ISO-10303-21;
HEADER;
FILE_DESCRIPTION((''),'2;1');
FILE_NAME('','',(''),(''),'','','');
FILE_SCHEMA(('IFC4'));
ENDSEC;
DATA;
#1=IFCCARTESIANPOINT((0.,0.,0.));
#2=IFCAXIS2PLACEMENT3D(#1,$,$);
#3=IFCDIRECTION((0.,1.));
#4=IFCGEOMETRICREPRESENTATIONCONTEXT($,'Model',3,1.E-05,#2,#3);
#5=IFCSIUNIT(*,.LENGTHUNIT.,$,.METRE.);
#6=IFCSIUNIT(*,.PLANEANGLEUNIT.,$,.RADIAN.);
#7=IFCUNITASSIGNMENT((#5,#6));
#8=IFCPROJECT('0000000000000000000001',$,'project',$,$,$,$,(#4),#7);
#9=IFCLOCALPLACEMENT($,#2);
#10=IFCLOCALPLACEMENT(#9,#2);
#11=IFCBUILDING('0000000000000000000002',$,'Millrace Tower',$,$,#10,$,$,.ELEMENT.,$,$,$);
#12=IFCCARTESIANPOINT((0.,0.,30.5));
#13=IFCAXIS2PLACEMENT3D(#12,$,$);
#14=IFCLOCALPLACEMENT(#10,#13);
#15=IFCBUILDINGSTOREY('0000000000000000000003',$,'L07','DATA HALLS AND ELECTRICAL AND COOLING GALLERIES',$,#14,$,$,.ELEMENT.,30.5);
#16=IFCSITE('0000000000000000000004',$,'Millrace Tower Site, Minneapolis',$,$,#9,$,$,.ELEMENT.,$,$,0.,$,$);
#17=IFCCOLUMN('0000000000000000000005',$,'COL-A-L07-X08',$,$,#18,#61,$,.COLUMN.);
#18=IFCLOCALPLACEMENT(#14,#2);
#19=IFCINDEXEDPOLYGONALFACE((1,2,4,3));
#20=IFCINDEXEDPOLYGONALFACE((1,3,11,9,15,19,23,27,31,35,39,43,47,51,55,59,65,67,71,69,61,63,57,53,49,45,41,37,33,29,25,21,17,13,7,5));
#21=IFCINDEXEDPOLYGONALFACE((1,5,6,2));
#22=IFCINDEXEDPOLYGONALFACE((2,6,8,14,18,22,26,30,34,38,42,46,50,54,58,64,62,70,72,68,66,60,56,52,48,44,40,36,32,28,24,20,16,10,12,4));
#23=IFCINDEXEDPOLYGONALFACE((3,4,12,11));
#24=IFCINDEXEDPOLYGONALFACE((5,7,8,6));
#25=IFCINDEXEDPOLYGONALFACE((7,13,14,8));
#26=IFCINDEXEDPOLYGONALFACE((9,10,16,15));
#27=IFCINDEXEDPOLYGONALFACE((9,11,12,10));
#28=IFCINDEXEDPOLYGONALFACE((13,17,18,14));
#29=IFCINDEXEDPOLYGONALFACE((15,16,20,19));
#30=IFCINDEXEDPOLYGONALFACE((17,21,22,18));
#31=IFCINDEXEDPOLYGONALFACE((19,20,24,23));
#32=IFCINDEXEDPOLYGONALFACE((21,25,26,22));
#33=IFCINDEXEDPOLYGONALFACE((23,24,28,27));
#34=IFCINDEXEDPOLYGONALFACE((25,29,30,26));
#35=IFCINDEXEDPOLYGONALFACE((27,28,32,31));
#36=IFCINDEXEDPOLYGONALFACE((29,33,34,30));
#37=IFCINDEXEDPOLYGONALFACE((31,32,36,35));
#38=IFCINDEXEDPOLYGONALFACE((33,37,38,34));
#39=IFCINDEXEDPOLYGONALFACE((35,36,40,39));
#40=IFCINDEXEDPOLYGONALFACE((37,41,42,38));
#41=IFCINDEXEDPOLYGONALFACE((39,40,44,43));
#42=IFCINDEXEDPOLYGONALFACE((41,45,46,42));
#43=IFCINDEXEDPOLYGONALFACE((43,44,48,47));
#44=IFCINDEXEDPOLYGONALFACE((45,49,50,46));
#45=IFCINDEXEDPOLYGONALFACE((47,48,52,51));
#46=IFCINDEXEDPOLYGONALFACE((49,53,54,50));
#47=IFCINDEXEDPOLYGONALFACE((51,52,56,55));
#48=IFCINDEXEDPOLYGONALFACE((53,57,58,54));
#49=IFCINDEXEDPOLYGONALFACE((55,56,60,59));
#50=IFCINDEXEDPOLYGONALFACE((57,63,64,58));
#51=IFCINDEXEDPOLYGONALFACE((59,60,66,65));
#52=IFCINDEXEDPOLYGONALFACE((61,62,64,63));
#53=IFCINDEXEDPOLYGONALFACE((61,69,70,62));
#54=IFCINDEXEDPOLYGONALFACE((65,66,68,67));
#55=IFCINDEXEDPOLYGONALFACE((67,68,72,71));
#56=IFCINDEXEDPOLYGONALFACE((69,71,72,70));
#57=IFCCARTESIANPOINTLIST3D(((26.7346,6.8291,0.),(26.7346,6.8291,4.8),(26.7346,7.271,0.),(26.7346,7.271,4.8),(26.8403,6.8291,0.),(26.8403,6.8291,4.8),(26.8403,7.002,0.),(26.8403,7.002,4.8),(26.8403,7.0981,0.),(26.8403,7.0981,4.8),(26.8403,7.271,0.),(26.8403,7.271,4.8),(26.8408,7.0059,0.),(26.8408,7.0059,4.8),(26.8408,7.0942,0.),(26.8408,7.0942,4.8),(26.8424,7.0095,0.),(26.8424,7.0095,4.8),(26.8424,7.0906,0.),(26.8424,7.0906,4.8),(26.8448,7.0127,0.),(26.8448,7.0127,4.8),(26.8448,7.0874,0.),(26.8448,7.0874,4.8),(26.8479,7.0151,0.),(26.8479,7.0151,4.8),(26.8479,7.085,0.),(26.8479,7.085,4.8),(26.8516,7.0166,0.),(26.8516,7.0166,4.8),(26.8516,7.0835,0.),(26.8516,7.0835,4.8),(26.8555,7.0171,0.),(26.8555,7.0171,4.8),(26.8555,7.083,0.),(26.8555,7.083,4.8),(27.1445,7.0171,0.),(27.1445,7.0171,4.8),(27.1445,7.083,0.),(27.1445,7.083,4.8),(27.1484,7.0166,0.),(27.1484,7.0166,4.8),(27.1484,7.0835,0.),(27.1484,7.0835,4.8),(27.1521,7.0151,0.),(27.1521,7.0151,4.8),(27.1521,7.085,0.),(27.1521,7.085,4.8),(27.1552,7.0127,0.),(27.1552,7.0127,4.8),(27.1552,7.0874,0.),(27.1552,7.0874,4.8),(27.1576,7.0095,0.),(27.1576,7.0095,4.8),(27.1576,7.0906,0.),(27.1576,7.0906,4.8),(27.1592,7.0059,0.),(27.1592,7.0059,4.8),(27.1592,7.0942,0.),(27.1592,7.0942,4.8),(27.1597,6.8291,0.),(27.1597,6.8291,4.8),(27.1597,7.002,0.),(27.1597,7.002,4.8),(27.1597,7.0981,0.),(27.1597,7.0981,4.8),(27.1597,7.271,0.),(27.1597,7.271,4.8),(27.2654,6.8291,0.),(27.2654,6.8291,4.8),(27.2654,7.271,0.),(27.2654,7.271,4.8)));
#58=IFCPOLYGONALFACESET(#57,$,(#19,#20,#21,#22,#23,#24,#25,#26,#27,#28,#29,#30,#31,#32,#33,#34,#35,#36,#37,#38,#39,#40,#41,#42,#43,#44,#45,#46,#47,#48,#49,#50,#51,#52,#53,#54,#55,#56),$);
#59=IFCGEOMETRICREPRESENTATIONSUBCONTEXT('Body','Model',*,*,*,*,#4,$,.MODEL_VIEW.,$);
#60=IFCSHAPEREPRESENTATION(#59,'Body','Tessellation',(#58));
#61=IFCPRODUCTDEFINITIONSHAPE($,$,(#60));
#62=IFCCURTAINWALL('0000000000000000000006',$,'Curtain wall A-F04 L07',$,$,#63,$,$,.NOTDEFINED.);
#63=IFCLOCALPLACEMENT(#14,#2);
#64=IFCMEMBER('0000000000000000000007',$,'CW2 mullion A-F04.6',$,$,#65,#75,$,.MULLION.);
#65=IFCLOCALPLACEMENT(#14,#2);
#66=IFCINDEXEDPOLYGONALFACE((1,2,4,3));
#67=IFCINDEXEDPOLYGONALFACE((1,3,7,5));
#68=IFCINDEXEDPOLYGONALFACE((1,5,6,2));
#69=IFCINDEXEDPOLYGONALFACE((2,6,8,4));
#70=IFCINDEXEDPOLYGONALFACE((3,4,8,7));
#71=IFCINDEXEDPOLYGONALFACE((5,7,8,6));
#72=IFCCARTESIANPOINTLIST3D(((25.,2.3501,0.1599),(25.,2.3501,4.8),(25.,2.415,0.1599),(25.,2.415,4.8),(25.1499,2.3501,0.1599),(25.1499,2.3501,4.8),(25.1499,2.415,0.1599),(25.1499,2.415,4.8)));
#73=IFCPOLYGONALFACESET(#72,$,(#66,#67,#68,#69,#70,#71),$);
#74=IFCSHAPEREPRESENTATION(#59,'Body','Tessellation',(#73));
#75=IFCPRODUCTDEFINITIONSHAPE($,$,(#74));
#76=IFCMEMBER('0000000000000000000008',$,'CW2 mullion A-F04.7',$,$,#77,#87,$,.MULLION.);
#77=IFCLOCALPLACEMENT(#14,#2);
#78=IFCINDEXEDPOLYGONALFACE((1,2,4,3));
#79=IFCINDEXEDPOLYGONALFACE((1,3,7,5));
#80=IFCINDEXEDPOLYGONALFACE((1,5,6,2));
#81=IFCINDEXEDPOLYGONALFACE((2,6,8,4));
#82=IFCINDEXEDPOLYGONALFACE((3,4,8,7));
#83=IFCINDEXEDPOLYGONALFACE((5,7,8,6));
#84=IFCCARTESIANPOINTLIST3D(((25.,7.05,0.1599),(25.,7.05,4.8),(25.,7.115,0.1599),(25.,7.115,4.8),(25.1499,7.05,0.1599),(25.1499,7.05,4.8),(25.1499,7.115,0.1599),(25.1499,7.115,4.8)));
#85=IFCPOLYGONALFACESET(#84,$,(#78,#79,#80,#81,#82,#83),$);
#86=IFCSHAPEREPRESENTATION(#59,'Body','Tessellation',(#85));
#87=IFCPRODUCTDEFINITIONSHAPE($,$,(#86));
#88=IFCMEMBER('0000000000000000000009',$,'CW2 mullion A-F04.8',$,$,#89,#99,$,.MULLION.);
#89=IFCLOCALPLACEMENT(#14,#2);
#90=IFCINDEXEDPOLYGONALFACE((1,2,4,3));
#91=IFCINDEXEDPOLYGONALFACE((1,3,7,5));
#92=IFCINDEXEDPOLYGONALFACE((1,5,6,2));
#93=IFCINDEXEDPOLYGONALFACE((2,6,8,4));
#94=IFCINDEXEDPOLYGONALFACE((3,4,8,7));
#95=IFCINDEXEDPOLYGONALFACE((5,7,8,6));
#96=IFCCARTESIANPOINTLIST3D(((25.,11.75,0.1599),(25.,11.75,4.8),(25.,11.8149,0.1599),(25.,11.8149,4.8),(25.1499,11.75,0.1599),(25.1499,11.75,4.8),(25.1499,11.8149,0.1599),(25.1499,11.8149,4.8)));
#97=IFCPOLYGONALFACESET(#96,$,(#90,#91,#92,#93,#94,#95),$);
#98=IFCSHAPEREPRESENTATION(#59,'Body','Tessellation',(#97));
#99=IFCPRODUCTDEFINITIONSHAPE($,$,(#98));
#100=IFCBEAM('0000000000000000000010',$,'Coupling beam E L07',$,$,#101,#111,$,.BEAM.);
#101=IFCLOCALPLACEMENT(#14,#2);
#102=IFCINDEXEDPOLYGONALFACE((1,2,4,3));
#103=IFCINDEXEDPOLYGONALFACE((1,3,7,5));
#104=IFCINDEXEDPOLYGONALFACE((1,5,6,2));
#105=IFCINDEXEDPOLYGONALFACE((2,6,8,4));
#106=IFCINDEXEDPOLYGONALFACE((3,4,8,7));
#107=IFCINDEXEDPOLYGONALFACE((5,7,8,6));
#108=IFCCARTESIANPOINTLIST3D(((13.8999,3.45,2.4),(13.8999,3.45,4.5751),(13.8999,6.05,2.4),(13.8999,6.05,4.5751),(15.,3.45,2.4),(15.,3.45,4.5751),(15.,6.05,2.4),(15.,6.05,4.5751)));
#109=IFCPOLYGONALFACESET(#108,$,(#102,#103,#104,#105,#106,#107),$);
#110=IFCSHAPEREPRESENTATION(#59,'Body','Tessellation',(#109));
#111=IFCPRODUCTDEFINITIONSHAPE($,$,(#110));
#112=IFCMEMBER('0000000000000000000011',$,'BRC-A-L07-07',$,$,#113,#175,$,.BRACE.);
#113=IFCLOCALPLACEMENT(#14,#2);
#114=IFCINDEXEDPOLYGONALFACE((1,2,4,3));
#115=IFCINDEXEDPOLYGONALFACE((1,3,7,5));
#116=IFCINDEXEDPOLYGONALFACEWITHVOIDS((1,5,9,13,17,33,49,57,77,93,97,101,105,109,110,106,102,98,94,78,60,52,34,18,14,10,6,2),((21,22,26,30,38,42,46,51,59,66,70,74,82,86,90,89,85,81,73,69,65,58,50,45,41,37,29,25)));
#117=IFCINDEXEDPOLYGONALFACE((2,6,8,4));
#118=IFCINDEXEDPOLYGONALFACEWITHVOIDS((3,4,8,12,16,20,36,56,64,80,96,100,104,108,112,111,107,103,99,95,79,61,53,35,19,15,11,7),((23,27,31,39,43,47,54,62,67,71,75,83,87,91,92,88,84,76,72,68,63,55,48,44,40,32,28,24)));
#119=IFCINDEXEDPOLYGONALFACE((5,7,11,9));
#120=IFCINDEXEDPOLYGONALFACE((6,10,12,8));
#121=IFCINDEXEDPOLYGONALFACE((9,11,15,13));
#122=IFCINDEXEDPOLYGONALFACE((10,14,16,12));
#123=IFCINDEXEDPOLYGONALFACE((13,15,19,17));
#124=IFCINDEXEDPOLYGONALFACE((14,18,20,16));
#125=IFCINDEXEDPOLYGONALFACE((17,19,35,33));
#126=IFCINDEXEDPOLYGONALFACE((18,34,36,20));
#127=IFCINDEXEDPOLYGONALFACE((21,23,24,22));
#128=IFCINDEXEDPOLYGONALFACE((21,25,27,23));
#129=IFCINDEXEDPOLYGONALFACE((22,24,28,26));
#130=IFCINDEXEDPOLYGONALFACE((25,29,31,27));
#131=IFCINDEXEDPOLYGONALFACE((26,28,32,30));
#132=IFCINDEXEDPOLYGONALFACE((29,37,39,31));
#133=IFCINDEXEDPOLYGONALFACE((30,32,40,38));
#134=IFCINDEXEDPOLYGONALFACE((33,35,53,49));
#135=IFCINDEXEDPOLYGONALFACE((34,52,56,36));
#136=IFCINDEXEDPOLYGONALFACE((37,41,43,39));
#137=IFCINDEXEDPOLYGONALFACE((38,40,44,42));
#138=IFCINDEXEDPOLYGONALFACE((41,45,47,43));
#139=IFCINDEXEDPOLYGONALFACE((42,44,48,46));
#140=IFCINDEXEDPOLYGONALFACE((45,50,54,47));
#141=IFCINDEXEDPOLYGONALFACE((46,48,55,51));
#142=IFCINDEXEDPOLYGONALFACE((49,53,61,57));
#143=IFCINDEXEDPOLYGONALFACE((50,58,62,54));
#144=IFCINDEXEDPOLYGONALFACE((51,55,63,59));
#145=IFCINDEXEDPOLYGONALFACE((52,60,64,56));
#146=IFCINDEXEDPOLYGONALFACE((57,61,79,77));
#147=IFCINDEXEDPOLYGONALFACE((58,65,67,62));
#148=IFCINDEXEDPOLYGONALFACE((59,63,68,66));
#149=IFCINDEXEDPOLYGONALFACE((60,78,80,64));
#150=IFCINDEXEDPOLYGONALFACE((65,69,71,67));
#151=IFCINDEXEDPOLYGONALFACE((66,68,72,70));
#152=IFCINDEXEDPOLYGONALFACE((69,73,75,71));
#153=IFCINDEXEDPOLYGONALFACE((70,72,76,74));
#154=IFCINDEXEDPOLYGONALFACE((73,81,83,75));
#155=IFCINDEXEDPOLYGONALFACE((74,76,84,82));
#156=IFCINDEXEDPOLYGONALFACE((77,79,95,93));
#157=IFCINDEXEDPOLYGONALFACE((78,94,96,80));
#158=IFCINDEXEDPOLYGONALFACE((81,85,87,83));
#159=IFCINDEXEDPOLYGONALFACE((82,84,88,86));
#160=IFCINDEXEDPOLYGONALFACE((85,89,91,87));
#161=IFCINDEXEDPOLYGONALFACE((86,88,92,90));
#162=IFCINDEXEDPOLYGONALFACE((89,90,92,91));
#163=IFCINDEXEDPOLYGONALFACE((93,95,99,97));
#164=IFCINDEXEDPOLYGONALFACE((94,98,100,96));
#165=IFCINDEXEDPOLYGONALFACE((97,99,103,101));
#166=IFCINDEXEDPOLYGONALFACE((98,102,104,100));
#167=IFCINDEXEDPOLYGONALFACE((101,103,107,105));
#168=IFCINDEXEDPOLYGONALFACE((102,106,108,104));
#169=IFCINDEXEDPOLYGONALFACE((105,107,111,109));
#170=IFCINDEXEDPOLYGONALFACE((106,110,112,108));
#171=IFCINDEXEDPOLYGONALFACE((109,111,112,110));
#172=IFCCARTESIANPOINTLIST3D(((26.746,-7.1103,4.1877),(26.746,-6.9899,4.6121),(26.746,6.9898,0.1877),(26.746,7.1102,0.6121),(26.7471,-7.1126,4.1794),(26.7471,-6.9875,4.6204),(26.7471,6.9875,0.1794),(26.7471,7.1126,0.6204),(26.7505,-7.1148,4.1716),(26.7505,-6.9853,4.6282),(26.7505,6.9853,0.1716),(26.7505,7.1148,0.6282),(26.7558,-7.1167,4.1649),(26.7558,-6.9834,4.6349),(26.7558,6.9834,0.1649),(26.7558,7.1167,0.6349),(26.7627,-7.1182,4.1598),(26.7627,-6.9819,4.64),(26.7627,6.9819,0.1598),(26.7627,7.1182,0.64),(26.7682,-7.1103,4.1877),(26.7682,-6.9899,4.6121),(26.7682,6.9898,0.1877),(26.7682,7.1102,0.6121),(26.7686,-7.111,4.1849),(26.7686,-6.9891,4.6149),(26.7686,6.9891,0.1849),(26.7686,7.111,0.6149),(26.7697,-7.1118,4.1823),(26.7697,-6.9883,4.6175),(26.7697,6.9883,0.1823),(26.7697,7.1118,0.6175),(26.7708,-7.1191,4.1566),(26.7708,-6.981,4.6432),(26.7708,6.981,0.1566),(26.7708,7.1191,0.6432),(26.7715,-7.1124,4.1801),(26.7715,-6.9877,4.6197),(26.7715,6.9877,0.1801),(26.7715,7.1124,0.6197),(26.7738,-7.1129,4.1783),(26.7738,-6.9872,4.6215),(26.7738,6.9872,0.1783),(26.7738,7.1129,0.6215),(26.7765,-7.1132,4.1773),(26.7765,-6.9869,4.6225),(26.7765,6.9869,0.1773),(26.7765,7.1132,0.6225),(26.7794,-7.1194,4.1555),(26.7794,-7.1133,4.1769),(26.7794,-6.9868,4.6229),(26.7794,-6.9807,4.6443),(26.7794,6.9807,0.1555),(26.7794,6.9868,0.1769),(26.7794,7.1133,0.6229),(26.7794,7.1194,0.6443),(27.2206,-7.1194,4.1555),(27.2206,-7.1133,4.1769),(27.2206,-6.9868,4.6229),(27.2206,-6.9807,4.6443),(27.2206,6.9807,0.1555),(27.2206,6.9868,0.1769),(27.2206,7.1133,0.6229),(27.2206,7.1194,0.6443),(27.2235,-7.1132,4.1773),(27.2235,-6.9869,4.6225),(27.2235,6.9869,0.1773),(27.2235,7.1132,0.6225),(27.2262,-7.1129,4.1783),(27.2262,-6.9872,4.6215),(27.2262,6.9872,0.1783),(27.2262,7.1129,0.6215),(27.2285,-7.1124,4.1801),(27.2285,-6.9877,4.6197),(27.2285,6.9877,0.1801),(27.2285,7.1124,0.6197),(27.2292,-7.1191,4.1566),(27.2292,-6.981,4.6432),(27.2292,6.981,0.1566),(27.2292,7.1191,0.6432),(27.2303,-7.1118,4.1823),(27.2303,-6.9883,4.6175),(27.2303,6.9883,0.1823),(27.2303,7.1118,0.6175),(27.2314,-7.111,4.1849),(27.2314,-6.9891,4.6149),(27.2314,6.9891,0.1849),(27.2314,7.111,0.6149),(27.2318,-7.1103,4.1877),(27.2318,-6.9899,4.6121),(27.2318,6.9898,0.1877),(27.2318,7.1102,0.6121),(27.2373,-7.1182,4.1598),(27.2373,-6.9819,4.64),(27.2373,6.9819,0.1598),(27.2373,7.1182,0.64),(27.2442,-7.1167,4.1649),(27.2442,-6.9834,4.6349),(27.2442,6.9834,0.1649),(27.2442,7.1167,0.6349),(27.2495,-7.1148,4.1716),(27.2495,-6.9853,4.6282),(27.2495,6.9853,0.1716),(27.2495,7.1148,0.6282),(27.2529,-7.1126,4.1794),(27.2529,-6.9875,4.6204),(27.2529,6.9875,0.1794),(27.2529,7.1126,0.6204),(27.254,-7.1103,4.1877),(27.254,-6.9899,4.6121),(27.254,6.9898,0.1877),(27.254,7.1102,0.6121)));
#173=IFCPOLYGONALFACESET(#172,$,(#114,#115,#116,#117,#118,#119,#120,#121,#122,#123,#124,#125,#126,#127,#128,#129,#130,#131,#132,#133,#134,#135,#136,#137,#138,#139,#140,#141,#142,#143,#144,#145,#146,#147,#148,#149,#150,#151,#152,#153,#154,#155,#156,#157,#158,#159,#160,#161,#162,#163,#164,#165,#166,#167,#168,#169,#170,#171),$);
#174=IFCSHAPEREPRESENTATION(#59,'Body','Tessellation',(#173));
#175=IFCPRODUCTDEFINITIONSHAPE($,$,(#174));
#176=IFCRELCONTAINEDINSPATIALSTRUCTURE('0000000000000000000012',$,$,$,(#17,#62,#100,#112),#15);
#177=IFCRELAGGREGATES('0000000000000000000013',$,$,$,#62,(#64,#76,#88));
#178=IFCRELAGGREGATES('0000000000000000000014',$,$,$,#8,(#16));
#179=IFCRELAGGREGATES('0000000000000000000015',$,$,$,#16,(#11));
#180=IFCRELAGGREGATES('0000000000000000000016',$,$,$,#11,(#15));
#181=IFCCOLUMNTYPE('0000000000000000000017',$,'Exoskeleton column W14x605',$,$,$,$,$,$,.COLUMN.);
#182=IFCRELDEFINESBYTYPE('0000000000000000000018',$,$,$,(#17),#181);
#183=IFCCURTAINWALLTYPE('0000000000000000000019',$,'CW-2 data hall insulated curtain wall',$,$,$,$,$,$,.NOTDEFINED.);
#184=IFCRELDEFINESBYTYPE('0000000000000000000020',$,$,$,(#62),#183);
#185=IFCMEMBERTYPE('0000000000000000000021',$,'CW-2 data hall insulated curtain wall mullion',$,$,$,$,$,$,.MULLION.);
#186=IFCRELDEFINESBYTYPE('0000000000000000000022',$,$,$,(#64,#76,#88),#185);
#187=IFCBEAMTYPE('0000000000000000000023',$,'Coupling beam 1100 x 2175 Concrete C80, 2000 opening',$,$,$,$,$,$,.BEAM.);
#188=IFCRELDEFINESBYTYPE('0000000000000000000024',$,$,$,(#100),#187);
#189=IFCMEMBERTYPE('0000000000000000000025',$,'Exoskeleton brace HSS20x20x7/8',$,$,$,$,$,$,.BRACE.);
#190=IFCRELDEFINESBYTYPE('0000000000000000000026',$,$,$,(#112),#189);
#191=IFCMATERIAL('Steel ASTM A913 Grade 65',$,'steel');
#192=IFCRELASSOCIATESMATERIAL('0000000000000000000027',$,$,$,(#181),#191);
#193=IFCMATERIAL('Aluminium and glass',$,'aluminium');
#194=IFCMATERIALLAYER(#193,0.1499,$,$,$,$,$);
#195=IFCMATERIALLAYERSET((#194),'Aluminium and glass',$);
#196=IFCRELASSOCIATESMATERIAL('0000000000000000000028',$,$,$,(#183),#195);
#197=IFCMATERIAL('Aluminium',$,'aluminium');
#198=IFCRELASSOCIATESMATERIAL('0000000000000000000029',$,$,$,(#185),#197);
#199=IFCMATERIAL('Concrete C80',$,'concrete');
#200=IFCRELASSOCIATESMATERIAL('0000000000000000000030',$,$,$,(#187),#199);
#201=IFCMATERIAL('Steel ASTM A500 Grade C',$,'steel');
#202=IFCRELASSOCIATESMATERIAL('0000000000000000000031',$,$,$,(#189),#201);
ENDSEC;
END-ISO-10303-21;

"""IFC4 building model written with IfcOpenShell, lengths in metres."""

from ifc_helpers import new_model, si_unit, direction, frame, origin, origin_2d, place, context, subcontext, project, spatial, rectangle, hollow_rectangle, i_section, extrude, material, layer, layer_set, material_profile, profile_set, type_object, element, aggregate, save


model = new_model("IFC4")

# Units and contexts
model_context = context("Model", 3, precision=1e-05, world=origin(), true_north=direction((0.0, 1.0)))
body_context = subcontext(model_context, "Body", "Model", "MODEL_VIEW")
ifc_project = project(units=[si_unit("LENGTHUNIT", "METRE"), si_unit("PLANEANGLEUNIT", "RADIAN")], contexts=[model_context])

# Site, building, storey
site_placement = place(None, origin())
site = spatial("IfcSite", under=ifc_project, at=site_placement, Name="Millrace Tower Site, Minneapolis", CompositionType="ELEMENT", RefElevation=0.0)
building_placement = place(site_placement, origin())
building = spatial("IfcBuilding", under=site, at=building_placement, Name="Millrace Tower", CompositionType="ELEMENT")
storey_placement = place(building_placement, frame((0.0, 0.0, 30.5)))
storey = spatial("IfcBuildingStorey", under=building, at=storey_placement, Name="L07", Description="DATA HALLS AND ELECTRICAL AND COOLING GALLERIES", CompositionType="ELEMENT", Elevation=30.5)

# Column
ifc_material_1 = material(Name="Steel ASTM A913 Grade 65", Category="steel")
ifc_material_profile_1 = material_profile(ifc_material_1, i_section(OverallWidth=0.4419, OverallDepth=0.5308, WebThickness=0.0659, FlangeThickness=0.1057, FilletRadius=0.0151, at=origin_2d()))
ifc_profile_set_1 = profile_set([ifc_material_profile_1], Name="Steel ASTM A913 Grade 65")
column_type = type_object("IfcColumnType", Name="Exoskeleton column W14x605", PredefinedType="COLUMN", material=ifc_profile_set_1)
column_placement = place(storey_placement, frame((27.0, 7.05, 0.0), z_axis=(0.0, 0.0, 1.0), x_axis=(0.0, 1.0, 0.0)))
element("IfcColumn", 1, at=column_placement, inside=storey, type_object=column_type, Name="COL-A-L07-X08", PredefinedType="COLUMN", context=body_context, shape_type="SweptSolid", body=[
    extrude(i_section(OverallWidth=0.4419, OverallDepth=0.5308, WebThickness=0.0659, FlangeThickness=0.1057, FilletRadius=0.0151, at=origin_2d()), origin(), (0.0, 0.0, 1.0), 4.8),
])

# Curtain wall, members
ifc_material_2 = material(Name="Aluminium and glass", Category="aluminium")
ifc_layer_1 = layer(ifc_material_2, 0.1499)
ifc_layer_set_1 = layer_set([ifc_layer_1], Name="Aluminium and glass")
curtain_wall_type = type_object("IfcCurtainWallType", Name="CW-2 data hall insulated curtain wall", PredefinedType="NOTDEFINED", material=ifc_layer_set_1)
curtain_wall_placement = place(storey_placement, origin())
curtain_wall = element("IfcCurtainWall", 2, at=curtain_wall_placement, inside=storey, type_object=curtain_wall_type, Name="Curtain wall A-F04 L07", PredefinedType="NOTDEFINED")
ifc_material_3 = material(Name="Aluminium", Category="aluminium")
ifc_material_profile_2 = material_profile(ifc_material_3, rectangle(XDim=0.0649, YDim=0.1499, at=origin_2d()))
ifc_profile_set_2 = profile_set([ifc_material_profile_2], Name="Aluminium")
member_type_1 = type_object("IfcMemberType", Name="CW-2 data hall insulated curtain wall mullion", PredefinedType="MULLION", material=ifc_profile_set_2)
member_1_placement = place(storey_placement, frame((25.075, 2.3826, 0.1599), z_axis=(0.0, 0.0, 1.0), x_axis=(0.0, 1.0, 0.0)))
member_1 = element("IfcMember", 3, at=member_1_placement, type_object=member_type_1, Name="CW2 mullion A-F04.6", PredefinedType="MULLION", context=body_context, shape_type="SweptSolid", body=[
    extrude(rectangle(XDim=0.0649, YDim=0.1499, at=origin_2d()), origin(), (0.0, 0.0, 1.0), 4.6401),
])
member_2_placement = place(storey_placement, frame((25.075, 7.0825, 0.1599), z_axis=(0.0, 0.0, 1.0), x_axis=(0.0, 1.0, 0.0)))
member_2 = element("IfcMember", 4, at=member_2_placement, type_object=member_type_1, Name="CW2 mullion A-F04.7", PredefinedType="MULLION", context=body_context, shape_type="SweptSolid", body=[
    extrude(rectangle(XDim=0.0649, YDim=0.1499, at=origin_2d()), origin(), (0.0, 0.0, 1.0), 4.6401),
])
member_3_placement = place(storey_placement, frame((25.075, 11.7825, 0.1599), z_axis=(0.0, 0.0, 1.0), x_axis=(0.0, 1.0, 0.0)))
member_3 = element("IfcMember", 5, at=member_3_placement, type_object=member_type_1, Name="CW2 mullion A-F04.8", PredefinedType="MULLION", context=body_context, shape_type="SweptSolid", body=[
    extrude(rectangle(XDim=0.0649, YDim=0.1499, at=origin_2d()), origin(), (0.0, 0.0, 1.0), 4.6401),
])
aggregate(curtain_wall, [member_1, member_2, member_3])

# Beam
ifc_material_4 = material(Name="Concrete C80", Category="concrete")
ifc_material_profile_3 = material_profile(ifc_material_4, rectangle(XDim=1.1001, YDim=2.175, at=origin_2d()))
ifc_profile_set_3 = profile_set([ifc_material_profile_3], Name="Concrete C80")
beam_type_1 = type_object("IfcBeamType", Name="Coupling beam 1100 x 2175 Concrete C80, 2000 opening", PredefinedType="BEAM", material=ifc_profile_set_3)
beam_1_placement = place(storey_placement, frame((14.45, 6.05, 3.4875), z_axis=(0.0, -1.0, 0.0), x_axis=(1.0, 0.0, 0.0)))
element("IfcBeam", 6, at=beam_1_placement, inside=storey, type_object=beam_type_1, Name="Coupling beam E L07", PredefinedType="BEAM", context=body_context, shape_type="SweptSolid", body=[
    extrude(rectangle(XDim=1.1001, YDim=2.175, at=origin_2d()), origin(), (0.0, 0.0, 1.0), 2.6001),
])

# Member
ifc_material_5 = material(Name="Steel ASTM A500 Grade C", Category="steel")
ifc_material_profile_4 = material_profile(ifc_material_5, hollow_rectangle(XDim=0.5081, YDim=0.5081, WallThickness=0.0222, InnerFilletRadius=0.0112, OuterFilletRadius=0.0334, at=origin_2d()))
ifc_profile_set_4 = profile_set([ifc_material_profile_4], Name="Steel ASTM A500 Grade C")
member_type_2 = type_object("IfcMemberType", Name="Exoskeleton brace HSS20x20x7/8", PredefinedType="BRACE", material=ifc_profile_set_4)
member_4_placement = place(storey_placement, frame((27.0, 7.05, 0.3999), z_axis=(0.0, -0.962038, 0.272917), x_axis=(1.0, 0.0, 0.0)))
element("IfcMember", 7, at=member_4_placement, inside=storey, type_object=member_type_2, Name="BRC-A-L07-07", PredefinedType="BRACE", context=body_context, shape_type="SweptSolid", body=[
    extrude(hollow_rectangle(XDim=0.5081, YDim=0.5081, WallThickness=0.0222, InnerFilletRadius=0.0112, OuterFilletRadius=0.0334, at=origin_2d()), origin(), (0.0, 0.0, 1.0), 14.6565),
])

save(model, "model.ifc")
